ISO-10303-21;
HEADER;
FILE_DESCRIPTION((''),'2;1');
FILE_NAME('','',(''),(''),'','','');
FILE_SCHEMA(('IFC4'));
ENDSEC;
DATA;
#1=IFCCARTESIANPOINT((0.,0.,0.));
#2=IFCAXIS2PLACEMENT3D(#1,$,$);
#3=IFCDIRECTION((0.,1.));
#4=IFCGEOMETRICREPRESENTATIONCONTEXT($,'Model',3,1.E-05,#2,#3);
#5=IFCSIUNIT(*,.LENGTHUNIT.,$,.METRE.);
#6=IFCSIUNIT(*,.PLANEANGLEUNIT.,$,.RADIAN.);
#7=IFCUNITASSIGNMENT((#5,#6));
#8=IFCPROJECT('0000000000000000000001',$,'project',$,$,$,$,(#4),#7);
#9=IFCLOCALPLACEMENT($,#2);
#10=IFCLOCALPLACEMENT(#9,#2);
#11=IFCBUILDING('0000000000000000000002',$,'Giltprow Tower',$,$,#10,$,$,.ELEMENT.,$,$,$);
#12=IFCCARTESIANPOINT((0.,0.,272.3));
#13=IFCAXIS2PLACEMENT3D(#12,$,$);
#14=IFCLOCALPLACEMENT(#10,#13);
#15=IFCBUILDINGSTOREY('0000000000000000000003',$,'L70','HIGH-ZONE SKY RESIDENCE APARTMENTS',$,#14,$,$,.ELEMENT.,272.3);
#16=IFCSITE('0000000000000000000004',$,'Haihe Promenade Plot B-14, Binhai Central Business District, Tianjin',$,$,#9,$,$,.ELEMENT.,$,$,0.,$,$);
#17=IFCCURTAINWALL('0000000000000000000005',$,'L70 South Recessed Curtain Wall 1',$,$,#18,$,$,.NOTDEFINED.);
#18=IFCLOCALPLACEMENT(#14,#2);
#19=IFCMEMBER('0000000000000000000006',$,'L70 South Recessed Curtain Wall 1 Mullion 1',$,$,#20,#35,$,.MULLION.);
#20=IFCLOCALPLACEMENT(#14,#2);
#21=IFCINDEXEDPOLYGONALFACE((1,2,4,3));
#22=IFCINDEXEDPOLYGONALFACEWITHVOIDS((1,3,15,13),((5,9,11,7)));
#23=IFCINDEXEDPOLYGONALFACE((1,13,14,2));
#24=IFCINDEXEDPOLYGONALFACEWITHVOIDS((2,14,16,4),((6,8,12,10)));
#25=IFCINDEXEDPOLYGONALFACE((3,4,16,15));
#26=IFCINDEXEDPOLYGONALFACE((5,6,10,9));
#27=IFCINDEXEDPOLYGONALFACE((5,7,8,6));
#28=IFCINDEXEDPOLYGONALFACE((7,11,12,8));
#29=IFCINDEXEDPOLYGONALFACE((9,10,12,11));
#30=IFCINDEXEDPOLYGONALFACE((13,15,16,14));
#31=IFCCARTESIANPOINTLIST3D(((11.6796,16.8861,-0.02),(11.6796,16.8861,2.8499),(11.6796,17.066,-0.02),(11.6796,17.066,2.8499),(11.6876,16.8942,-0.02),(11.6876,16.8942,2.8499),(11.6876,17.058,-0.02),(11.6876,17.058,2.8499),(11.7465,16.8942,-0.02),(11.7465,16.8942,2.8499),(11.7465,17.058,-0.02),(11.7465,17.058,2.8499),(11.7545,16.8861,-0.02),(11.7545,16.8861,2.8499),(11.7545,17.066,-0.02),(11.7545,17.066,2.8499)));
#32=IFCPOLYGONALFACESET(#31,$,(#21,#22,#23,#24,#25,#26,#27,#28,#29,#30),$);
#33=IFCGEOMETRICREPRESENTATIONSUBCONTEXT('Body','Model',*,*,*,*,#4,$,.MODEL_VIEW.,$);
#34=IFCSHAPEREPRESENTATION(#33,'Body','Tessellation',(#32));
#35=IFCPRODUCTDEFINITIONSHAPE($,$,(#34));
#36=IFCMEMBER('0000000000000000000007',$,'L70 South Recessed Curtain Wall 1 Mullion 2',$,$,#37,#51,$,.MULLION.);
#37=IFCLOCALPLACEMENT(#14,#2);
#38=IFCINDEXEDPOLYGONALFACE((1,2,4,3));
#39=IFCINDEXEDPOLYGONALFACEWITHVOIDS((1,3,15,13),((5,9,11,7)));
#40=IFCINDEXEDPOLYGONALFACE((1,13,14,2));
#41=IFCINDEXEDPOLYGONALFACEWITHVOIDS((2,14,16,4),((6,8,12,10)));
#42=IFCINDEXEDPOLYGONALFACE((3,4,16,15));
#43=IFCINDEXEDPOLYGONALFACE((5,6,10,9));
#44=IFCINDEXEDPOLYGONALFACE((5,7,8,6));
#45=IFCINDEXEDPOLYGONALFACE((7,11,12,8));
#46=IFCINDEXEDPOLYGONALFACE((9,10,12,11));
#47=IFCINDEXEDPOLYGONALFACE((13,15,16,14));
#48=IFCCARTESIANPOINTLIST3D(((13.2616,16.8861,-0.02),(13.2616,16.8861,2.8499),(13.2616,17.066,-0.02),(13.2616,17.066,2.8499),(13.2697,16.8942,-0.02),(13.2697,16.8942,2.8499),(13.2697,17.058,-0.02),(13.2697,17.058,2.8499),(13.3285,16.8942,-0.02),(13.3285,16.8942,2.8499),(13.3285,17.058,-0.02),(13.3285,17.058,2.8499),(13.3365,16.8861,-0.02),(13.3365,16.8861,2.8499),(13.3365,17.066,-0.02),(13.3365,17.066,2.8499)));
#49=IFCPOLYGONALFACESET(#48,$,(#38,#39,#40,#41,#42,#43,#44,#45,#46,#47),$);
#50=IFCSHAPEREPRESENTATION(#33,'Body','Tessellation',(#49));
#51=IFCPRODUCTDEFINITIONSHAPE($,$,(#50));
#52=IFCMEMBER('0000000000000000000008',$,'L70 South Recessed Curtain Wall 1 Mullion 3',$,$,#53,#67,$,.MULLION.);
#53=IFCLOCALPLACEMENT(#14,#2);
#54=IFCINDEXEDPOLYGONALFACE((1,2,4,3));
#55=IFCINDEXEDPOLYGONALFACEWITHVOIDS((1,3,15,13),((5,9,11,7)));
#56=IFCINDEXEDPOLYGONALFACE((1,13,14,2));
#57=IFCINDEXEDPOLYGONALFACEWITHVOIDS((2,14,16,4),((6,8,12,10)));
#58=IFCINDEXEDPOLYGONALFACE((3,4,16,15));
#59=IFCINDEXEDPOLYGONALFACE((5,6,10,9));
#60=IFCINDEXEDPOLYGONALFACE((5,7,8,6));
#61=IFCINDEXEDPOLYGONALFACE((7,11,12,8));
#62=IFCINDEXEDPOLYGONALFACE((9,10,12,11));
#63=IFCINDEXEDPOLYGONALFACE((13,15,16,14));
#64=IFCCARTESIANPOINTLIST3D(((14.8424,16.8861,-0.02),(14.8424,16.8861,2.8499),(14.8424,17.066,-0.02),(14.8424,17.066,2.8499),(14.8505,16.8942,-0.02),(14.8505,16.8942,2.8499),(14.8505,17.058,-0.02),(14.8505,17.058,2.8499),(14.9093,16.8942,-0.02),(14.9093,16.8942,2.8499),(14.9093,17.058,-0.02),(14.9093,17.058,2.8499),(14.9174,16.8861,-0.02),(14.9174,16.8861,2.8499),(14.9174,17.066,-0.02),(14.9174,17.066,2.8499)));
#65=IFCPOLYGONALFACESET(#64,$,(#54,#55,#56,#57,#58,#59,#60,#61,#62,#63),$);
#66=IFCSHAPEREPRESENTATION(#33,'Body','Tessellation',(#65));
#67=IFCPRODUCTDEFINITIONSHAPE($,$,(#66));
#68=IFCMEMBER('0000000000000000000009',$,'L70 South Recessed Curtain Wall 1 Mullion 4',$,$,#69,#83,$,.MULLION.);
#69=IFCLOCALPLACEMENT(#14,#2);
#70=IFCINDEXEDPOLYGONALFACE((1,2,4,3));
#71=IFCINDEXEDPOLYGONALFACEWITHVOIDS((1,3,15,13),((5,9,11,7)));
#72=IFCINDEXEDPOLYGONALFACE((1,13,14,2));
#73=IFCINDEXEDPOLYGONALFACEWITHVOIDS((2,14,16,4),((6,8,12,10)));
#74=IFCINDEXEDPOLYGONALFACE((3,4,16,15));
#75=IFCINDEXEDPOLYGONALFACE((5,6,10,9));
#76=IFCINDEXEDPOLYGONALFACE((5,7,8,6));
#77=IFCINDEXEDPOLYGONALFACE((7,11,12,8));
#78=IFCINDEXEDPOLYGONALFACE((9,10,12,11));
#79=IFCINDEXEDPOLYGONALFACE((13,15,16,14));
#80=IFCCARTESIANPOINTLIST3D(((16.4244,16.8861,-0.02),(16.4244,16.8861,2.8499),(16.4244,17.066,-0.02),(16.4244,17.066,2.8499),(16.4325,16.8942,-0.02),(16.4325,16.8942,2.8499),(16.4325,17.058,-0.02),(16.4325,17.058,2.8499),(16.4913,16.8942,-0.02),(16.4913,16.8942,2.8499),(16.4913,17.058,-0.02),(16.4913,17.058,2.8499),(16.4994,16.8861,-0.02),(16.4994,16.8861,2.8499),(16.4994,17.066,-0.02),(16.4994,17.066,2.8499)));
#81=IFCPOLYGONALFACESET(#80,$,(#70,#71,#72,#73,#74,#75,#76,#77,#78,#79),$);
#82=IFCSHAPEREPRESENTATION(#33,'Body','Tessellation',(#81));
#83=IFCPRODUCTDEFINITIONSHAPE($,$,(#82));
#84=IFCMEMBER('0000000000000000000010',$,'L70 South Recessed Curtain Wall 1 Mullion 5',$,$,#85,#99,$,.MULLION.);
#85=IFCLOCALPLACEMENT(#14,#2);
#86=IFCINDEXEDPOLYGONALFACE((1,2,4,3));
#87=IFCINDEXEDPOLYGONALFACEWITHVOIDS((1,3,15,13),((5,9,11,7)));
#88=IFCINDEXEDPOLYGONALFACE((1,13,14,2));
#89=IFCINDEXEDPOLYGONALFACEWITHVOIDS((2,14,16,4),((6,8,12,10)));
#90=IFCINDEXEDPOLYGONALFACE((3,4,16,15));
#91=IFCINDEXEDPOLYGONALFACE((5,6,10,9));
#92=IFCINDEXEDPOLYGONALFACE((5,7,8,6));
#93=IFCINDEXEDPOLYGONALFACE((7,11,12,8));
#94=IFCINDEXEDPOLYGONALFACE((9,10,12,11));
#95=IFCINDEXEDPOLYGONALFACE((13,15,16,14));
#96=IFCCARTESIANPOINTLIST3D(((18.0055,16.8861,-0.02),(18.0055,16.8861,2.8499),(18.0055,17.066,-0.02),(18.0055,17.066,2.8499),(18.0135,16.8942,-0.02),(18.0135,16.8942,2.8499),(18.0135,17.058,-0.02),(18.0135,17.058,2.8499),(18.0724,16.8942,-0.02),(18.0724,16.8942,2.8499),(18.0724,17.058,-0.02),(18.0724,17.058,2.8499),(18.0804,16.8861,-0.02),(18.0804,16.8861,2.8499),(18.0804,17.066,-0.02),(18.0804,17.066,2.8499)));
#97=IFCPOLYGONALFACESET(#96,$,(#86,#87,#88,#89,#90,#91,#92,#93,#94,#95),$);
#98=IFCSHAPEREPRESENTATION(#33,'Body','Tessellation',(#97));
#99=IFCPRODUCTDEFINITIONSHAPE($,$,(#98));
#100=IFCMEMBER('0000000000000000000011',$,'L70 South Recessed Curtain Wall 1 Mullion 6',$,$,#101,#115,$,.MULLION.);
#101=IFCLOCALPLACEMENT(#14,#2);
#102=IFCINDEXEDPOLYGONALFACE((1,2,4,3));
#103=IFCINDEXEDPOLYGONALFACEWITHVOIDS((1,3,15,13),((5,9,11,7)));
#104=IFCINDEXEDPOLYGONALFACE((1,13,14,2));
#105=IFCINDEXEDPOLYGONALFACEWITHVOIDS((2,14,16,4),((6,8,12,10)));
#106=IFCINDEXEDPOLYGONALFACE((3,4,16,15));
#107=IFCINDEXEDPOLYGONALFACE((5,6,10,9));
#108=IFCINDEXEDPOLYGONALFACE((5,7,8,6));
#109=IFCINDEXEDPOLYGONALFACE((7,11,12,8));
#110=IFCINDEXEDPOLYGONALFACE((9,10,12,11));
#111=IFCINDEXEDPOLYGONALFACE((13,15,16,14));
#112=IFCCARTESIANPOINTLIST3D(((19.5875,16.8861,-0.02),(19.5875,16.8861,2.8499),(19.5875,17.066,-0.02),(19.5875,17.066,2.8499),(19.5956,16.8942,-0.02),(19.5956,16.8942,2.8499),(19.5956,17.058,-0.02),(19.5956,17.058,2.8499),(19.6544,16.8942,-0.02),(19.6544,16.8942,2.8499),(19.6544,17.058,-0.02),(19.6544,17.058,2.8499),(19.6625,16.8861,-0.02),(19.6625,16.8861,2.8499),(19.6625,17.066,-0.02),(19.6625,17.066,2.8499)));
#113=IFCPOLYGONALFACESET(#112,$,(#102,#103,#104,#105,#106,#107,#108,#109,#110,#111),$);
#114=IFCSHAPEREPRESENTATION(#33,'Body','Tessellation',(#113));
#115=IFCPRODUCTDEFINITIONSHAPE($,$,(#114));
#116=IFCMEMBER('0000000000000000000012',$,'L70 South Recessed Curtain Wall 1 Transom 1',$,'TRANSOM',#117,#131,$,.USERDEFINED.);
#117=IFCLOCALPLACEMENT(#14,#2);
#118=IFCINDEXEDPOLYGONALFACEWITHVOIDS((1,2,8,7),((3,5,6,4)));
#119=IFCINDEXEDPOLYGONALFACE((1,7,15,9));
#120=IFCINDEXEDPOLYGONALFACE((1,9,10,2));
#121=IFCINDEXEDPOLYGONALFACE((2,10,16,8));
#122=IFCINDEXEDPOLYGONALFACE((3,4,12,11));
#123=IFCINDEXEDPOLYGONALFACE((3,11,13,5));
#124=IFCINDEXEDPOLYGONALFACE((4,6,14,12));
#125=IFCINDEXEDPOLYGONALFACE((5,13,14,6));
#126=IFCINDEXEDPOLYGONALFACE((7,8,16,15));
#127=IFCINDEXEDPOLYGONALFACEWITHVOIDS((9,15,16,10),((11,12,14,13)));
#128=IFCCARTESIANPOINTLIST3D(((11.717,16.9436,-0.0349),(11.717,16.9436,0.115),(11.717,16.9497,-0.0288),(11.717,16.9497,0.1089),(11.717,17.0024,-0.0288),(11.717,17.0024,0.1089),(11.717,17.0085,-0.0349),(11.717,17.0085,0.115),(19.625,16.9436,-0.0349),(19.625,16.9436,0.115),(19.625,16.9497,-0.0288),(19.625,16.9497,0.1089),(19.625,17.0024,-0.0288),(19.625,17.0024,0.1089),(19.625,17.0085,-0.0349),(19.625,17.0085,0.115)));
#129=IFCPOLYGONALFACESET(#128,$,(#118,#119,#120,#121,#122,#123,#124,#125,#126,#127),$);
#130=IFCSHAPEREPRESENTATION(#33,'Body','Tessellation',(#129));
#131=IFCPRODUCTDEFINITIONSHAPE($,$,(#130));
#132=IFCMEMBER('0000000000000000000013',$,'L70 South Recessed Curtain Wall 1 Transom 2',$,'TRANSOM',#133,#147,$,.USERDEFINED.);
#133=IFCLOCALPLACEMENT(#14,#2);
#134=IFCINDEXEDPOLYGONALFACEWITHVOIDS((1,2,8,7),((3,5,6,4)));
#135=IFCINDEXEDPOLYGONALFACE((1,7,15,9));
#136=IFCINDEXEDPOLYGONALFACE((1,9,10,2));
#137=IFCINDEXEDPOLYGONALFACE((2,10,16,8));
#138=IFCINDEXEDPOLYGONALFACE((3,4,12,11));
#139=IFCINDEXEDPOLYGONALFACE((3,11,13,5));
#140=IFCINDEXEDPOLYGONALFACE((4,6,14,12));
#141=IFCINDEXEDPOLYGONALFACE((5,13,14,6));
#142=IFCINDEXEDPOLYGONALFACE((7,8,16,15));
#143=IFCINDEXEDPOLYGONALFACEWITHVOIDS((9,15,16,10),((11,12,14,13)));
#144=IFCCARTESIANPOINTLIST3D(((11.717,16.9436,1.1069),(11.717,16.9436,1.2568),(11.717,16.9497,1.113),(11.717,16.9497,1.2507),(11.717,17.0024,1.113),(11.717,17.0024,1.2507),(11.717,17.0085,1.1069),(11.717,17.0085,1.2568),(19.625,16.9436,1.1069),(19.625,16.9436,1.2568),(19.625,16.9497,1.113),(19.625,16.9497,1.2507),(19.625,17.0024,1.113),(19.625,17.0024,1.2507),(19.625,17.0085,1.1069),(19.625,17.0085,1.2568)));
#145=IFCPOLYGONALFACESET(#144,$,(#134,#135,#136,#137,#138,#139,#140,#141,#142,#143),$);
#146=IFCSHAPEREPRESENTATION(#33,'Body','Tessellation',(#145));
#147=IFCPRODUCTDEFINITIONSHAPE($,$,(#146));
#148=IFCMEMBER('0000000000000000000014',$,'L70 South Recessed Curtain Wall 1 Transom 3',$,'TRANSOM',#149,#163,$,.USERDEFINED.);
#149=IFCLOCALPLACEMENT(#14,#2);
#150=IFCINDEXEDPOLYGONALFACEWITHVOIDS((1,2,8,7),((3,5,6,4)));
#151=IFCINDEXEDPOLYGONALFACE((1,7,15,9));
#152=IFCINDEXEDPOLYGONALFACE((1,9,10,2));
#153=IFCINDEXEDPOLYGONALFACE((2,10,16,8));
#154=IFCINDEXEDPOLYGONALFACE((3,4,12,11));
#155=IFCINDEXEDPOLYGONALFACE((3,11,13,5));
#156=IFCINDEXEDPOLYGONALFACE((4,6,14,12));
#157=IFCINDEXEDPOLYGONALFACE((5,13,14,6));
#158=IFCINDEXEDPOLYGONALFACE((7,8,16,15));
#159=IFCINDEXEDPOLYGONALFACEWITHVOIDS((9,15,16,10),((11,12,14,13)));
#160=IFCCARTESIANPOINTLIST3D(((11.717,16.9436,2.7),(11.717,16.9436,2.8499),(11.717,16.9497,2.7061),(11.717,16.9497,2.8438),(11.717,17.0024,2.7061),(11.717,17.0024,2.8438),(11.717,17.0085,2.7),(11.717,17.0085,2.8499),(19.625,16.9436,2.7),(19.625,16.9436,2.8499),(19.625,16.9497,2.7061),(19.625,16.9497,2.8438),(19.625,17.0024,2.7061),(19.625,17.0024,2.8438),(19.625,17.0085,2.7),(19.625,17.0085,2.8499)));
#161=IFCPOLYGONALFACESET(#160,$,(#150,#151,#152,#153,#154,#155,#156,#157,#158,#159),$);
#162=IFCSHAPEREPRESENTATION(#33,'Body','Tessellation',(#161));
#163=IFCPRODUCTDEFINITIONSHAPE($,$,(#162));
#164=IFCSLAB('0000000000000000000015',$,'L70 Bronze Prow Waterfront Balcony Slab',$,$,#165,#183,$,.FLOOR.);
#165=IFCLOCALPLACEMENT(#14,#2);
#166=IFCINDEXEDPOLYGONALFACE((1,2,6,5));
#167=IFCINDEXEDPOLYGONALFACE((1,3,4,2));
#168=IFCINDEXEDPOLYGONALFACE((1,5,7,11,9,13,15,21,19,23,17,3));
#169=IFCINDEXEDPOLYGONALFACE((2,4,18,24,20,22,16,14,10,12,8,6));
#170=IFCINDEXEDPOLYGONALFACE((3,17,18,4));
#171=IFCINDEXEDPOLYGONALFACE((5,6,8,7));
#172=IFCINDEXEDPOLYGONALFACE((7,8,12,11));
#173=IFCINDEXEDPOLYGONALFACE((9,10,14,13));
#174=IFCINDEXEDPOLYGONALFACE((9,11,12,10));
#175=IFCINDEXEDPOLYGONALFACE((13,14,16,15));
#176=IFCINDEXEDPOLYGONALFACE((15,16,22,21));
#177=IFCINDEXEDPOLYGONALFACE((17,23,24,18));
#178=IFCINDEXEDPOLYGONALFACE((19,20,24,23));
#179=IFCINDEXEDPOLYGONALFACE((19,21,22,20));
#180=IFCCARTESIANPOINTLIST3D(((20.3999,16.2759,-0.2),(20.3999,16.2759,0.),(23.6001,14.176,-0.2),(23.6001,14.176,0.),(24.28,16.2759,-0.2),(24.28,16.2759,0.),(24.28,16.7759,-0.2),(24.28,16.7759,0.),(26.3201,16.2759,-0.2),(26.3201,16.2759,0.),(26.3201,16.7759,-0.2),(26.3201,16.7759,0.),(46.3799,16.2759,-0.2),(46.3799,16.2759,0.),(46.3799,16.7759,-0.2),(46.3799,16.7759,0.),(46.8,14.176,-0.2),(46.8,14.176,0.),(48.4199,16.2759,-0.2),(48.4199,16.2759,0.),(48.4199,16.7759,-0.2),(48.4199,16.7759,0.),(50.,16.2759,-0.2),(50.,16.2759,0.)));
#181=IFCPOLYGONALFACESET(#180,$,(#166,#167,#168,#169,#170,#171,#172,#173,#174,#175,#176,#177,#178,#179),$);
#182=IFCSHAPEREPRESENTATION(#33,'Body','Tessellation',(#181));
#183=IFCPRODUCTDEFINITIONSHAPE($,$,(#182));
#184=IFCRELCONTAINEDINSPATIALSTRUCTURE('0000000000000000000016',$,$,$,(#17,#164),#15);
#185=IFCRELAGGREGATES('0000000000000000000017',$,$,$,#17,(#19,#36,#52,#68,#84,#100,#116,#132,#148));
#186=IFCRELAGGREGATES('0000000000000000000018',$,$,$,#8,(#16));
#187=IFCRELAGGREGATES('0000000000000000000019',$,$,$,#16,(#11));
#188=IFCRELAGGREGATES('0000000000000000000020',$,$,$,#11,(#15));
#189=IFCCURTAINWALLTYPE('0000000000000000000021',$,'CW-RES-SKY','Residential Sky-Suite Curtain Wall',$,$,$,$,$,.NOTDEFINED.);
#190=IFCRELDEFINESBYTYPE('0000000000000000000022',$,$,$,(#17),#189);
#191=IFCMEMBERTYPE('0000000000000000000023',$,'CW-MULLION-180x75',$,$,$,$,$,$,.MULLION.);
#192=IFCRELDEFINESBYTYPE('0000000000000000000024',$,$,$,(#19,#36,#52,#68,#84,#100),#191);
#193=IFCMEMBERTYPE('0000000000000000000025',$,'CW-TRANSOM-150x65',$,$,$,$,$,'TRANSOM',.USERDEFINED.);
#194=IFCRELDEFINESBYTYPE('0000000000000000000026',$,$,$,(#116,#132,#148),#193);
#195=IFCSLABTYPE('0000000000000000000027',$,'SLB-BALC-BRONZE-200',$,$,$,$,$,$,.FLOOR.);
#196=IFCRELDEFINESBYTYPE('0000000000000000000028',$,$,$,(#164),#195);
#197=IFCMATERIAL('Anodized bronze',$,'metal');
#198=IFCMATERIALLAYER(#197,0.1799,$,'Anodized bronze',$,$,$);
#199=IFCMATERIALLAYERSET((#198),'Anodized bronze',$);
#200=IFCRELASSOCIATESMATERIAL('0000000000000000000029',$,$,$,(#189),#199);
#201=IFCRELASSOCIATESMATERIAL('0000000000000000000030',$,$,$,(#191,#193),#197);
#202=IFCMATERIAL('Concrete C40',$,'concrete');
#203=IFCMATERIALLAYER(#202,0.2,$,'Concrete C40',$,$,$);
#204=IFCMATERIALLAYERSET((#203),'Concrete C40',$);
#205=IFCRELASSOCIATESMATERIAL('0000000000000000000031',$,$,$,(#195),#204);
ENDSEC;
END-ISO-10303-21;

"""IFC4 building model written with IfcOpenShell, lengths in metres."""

from ifc_helpers import new_model, si_unit, direction, frame, origin, origin_2d, place, context, subcontext, project, spatial, polyline, hollow_rectangle, outline, extrude, source, transform, mapped, material, layer, layer_set, material_profile, profile_set, type_object, element, aggregate, save


model = new_model("IFC4")

# Units and contexts
model_context = context("Model", 3, precision=1e-05, world=origin(), true_north=direction((0.0, 1.0)))
body_context = subcontext(model_context, "Body", "Model", "MODEL_VIEW")
ifc_project = project(units=[si_unit("LENGTHUNIT", "METRE"), si_unit("PLANEANGLEUNIT", "RADIAN")], contexts=[model_context])

# Site, building, storey
site_placement = place(None, origin())
site = spatial("IfcSite", under=ifc_project, at=site_placement, Name="Haihe Promenade Plot B-14, Binhai Central Business District, Tianjin", CompositionType="ELEMENT", RefElevation=0.0)
building_placement = place(site_placement, origin())
building = spatial("IfcBuilding", under=site, at=building_placement, Name="Giltprow Tower", CompositionType="ELEMENT")
storey_placement = place(building_placement, frame((0.0, 0.0, 272.3)))
storey = spatial("IfcBuildingStorey", under=building, at=storey_placement, Name="L70", Description="HIGH-ZONE SKY RESIDENCE APARTMENTS", CompositionType="ELEMENT", Elevation=272.3)

# Curtain wall, members
ifc_material_1 = material(Name="Anodized bronze", Category="metal")
ifc_layer_1 = layer(ifc_material_1, 0.1799, Name="Anodized bronze")
ifc_layer_set_1 = layer_set([ifc_layer_1], Name="Anodized bronze")
curtain_wall_type = type_object("IfcCurtainWallType", Name="CW-RES-SKY", Description="Residential Sky-Suite Curtain Wall", PredefinedType="NOTDEFINED", material=ifc_layer_set_1)
curtain_wall_placement = place(storey_placement, origin())
curtain_wall = element("IfcCurtainWall", 1, at=curtain_wall_placement, inside=storey, type_object=curtain_wall_type, Name="L70 South Recessed Curtain Wall 1", PredefinedType="NOTDEFINED")
ifc_material_profile_1 = material_profile(ifc_material_1, hollow_rectangle(XDim=0.075, YDim=0.1799, WallThickness=0.0081, at=origin_2d()), Name="RHS 180x75x8")
ifc_profile_set_1 = profile_set([ifc_material_profile_1], Name="Anodized bronze")
member_type_1 = type_object("IfcMemberType", Name="CW-MULLION-180x75", PredefinedType="MULLION", material=ifc_profile_set_1)
shared_shape_1 = source(origin(), body_context, "Body", "SweptSolid", [
    extrude(hollow_rectangle(XDim=0.075, YDim=0.1799, WallThickness=0.0081, at=origin_2d()), origin(), (0.0, 0.0, 1.0), 2.8699),
])
member_1_placement = place(storey_placement, frame((11.717, 16.9761, -0.02), z_axis=(0.0, 0.0, 1.0), x_axis=(1.0, 0.0, 0.0)))
member_1 = element("IfcMember", 2, at=member_1_placement, type_object=member_type_1, Name="L70 South Recessed Curtain Wall 1 Mullion 1", PredefinedType="MULLION", context=body_context, shape_type="MappedRepresentation", body=[
    mapped(shared_shape_1, transform((0.0, 0.0, 0.0), x_axis=(1.0, 0.0, 0.0), y_axis=(0.0, 1.0, 0.0), z_axis=(0.0, 0.0, 1.0), scale=1.0)),
])
member_2_placement = place(storey_placement, frame((13.2991, 16.9761, -0.02), z_axis=(0.0, 0.0, 1.0), x_axis=(1.0, 0.0, 0.0)))
member_2 = element("IfcMember", 3, at=member_2_placement, type_object=member_type_1, Name="L70 South Recessed Curtain Wall 1 Mullion 2", PredefinedType="MULLION", context=body_context, shape_type="MappedRepresentation", body=[
    mapped(shared_shape_1, transform((0.0, 0.0, 0.0), x_axis=(1.0, 0.0, 0.0), y_axis=(0.0, 1.0, 0.0), z_axis=(0.0, 0.0, 1.0), scale=1.0)),
])
member_3_placement = place(storey_placement, frame((14.8799, 16.9761, -0.02), z_axis=(0.0, 0.0, 1.0), x_axis=(1.0, 0.0, 0.0)))
member_3 = element("IfcMember", 4, at=member_3_placement, type_object=member_type_1, Name="L70 South Recessed Curtain Wall 1 Mullion 3", PredefinedType="MULLION", context=body_context, shape_type="MappedRepresentation", body=[
    mapped(shared_shape_1, transform((0.0, 0.0, 0.0), x_axis=(1.0, 0.0, 0.0), y_axis=(0.0, 1.0, 0.0), z_axis=(0.0, 0.0, 1.0), scale=1.0)),
])
member_4_placement = place(storey_placement, frame((16.4619, 16.9761, -0.02), z_axis=(0.0, 0.0, 1.0), x_axis=(1.0, 0.0, 0.0)))
member_4 = element("IfcMember", 5, at=member_4_placement, type_object=member_type_1, Name="L70 South Recessed Curtain Wall 1 Mullion 4", PredefinedType="MULLION", context=body_context, shape_type="MappedRepresentation", body=[
    mapped(shared_shape_1, transform((0.0, 0.0, 0.0), x_axis=(1.0, 0.0, 0.0), y_axis=(0.0, 1.0, 0.0), z_axis=(0.0, 0.0, 1.0), scale=1.0)),
])
member_5_placement = place(storey_placement, frame((18.043, 16.9761, -0.02), z_axis=(0.0, 0.0, 1.0), x_axis=(1.0, 0.0, 0.0)))
member_5 = element("IfcMember", 6, at=member_5_placement, type_object=member_type_1, Name="L70 South Recessed Curtain Wall 1 Mullion 5", PredefinedType="MULLION", context=body_context, shape_type="MappedRepresentation", body=[
    mapped(shared_shape_1, transform((0.0, 0.0, 0.0), x_axis=(1.0, 0.0, 0.0), y_axis=(0.0, 1.0, 0.0), z_axis=(0.0, 0.0, 1.0), scale=1.0)),
])
member_6_placement = place(storey_placement, frame((19.625, 16.9761, -0.02), z_axis=(0.0, 0.0, 1.0), x_axis=(1.0, 0.0, 0.0)))
member_6 = element("IfcMember", 7, at=member_6_placement, type_object=member_type_1, Name="L70 South Recessed Curtain Wall 1 Mullion 6", PredefinedType="MULLION", context=body_context, shape_type="MappedRepresentation", body=[
    mapped(shared_shape_1, transform((0.0, 0.0, 0.0), x_axis=(1.0, 0.0, 0.0), y_axis=(0.0, 1.0, 0.0), z_axis=(0.0, 0.0, 1.0), scale=1.0)),
])
ifc_material_profile_2 = material_profile(ifc_material_1, hollow_rectangle(XDim=0.0649, YDim=0.1499, WallThickness=0.0061, at=origin_2d()), Name="RHS 150x65x6")
ifc_profile_set_2 = profile_set([ifc_material_profile_2], Name="Anodized bronze")
member_type_2 = type_object("IfcMemberType", Name="CW-TRANSOM-150x65", ElementType="TRANSOM", PredefinedType="USERDEFINED", material=ifc_profile_set_2)
shared_shape_2 = source(origin(), body_context, "Body", "SweptSolid", [
    extrude(hollow_rectangle(XDim=0.0649, YDim=0.1499, WallThickness=0.0061, at=origin_2d()), origin(), (0.0, 0.0, 1.0), 7.908),
])
member_7_placement = place(storey_placement, frame((11.717, 16.9761, 0.04), z_axis=(1.0, 0.0, 0.0), x_axis=(0.0, 1.0, 0.0)))
member_7 = element("IfcMember", 8, at=member_7_placement, type_object=member_type_2, Name="L70 South Recessed Curtain Wall 1 Transom 1", ObjectType="TRANSOM", PredefinedType="USERDEFINED", context=body_context, shape_type="MappedRepresentation", body=[
    mapped(shared_shape_2, transform((0.0, 0.0, 0.0), x_axis=(1.0, 0.0, 0.0), y_axis=(0.0, 1.0, 0.0), z_axis=(0.0, 0.0, 1.0), scale=1.0)),
])
member_8_placement = place(storey_placement, frame((11.717, 16.9761, 1.1819), z_axis=(1.0, 0.0, 0.0), x_axis=(0.0, 1.0, 0.0)))
member_8 = element("IfcMember", 9, at=member_8_placement, type_object=member_type_2, Name="L70 South Recessed Curtain Wall 1 Transom 2", ObjectType="TRANSOM", PredefinedType="USERDEFINED", context=body_context, shape_type="MappedRepresentation", body=[
    mapped(shared_shape_2, transform((0.0, 0.0, 0.0), x_axis=(1.0, 0.0, 0.0), y_axis=(0.0, 1.0, 0.0), z_axis=(0.0, 0.0, 1.0), scale=1.0)),
])
member_9_placement = place(storey_placement, frame((11.717, 16.9761, 2.7749), z_axis=(1.0, 0.0, 0.0), x_axis=(0.0, 1.0, 0.0)))
member_9 = element("IfcMember", 10, at=member_9_placement, type_object=member_type_2, Name="L70 South Recessed Curtain Wall 1 Transom 3", ObjectType="TRANSOM", PredefinedType="USERDEFINED", context=body_context, shape_type="MappedRepresentation", body=[
    mapped(shared_shape_2, transform((0.0, 0.0, 0.0), x_axis=(1.0, 0.0, 0.0), y_axis=(0.0, 1.0, 0.0), z_axis=(0.0, 0.0, 1.0), scale=1.0)),
])

# Slab
ifc_material_2 = material(Name="Concrete C40", Category="concrete")
ifc_layer_2 = layer(ifc_material_2, 0.2, Name="Concrete C40")
ifc_layer_set_2 = layer_set([ifc_layer_2], Name="Concrete C40")
slab_type_1 = type_object("IfcSlabType", Name="SLB-BALC-BRONZE-200", PredefinedType="FLOOR", material=ifc_layer_set_2)
slab_1_placement = place(storey_placement, frame((0.0, 0.0, -0.2)))
element("IfcSlab", 11, at=slab_1_placement, inside=storey, type_object=slab_type_1, Name="L70 Bronze Prow Waterfront Balcony Slab", PredefinedType="FLOOR", context=body_context, shape_type="SweptSolid", body=[
    extrude(outline(polyline([(50.0, 16.2759), (46.8, 14.176), (23.6001, 14.176), (20.3999, 16.2759), (24.28, 16.2759), (24.28, 16.7759), (26.3201, 16.7759), (26.3201, 16.2759), (46.3799, 16.2759), (46.3799, 16.7759), (48.4199, 16.7759), (48.4199, 16.2759), (50.0, 16.2759)])), origin(), (0.0, 0.0, 1.0), 0.2),
])

aggregate(curtain_wall, [member_1, member_2, member_3, member_4, member_5, member_6, member_7, member_8, member_9])

save(model, "model.ifc")
